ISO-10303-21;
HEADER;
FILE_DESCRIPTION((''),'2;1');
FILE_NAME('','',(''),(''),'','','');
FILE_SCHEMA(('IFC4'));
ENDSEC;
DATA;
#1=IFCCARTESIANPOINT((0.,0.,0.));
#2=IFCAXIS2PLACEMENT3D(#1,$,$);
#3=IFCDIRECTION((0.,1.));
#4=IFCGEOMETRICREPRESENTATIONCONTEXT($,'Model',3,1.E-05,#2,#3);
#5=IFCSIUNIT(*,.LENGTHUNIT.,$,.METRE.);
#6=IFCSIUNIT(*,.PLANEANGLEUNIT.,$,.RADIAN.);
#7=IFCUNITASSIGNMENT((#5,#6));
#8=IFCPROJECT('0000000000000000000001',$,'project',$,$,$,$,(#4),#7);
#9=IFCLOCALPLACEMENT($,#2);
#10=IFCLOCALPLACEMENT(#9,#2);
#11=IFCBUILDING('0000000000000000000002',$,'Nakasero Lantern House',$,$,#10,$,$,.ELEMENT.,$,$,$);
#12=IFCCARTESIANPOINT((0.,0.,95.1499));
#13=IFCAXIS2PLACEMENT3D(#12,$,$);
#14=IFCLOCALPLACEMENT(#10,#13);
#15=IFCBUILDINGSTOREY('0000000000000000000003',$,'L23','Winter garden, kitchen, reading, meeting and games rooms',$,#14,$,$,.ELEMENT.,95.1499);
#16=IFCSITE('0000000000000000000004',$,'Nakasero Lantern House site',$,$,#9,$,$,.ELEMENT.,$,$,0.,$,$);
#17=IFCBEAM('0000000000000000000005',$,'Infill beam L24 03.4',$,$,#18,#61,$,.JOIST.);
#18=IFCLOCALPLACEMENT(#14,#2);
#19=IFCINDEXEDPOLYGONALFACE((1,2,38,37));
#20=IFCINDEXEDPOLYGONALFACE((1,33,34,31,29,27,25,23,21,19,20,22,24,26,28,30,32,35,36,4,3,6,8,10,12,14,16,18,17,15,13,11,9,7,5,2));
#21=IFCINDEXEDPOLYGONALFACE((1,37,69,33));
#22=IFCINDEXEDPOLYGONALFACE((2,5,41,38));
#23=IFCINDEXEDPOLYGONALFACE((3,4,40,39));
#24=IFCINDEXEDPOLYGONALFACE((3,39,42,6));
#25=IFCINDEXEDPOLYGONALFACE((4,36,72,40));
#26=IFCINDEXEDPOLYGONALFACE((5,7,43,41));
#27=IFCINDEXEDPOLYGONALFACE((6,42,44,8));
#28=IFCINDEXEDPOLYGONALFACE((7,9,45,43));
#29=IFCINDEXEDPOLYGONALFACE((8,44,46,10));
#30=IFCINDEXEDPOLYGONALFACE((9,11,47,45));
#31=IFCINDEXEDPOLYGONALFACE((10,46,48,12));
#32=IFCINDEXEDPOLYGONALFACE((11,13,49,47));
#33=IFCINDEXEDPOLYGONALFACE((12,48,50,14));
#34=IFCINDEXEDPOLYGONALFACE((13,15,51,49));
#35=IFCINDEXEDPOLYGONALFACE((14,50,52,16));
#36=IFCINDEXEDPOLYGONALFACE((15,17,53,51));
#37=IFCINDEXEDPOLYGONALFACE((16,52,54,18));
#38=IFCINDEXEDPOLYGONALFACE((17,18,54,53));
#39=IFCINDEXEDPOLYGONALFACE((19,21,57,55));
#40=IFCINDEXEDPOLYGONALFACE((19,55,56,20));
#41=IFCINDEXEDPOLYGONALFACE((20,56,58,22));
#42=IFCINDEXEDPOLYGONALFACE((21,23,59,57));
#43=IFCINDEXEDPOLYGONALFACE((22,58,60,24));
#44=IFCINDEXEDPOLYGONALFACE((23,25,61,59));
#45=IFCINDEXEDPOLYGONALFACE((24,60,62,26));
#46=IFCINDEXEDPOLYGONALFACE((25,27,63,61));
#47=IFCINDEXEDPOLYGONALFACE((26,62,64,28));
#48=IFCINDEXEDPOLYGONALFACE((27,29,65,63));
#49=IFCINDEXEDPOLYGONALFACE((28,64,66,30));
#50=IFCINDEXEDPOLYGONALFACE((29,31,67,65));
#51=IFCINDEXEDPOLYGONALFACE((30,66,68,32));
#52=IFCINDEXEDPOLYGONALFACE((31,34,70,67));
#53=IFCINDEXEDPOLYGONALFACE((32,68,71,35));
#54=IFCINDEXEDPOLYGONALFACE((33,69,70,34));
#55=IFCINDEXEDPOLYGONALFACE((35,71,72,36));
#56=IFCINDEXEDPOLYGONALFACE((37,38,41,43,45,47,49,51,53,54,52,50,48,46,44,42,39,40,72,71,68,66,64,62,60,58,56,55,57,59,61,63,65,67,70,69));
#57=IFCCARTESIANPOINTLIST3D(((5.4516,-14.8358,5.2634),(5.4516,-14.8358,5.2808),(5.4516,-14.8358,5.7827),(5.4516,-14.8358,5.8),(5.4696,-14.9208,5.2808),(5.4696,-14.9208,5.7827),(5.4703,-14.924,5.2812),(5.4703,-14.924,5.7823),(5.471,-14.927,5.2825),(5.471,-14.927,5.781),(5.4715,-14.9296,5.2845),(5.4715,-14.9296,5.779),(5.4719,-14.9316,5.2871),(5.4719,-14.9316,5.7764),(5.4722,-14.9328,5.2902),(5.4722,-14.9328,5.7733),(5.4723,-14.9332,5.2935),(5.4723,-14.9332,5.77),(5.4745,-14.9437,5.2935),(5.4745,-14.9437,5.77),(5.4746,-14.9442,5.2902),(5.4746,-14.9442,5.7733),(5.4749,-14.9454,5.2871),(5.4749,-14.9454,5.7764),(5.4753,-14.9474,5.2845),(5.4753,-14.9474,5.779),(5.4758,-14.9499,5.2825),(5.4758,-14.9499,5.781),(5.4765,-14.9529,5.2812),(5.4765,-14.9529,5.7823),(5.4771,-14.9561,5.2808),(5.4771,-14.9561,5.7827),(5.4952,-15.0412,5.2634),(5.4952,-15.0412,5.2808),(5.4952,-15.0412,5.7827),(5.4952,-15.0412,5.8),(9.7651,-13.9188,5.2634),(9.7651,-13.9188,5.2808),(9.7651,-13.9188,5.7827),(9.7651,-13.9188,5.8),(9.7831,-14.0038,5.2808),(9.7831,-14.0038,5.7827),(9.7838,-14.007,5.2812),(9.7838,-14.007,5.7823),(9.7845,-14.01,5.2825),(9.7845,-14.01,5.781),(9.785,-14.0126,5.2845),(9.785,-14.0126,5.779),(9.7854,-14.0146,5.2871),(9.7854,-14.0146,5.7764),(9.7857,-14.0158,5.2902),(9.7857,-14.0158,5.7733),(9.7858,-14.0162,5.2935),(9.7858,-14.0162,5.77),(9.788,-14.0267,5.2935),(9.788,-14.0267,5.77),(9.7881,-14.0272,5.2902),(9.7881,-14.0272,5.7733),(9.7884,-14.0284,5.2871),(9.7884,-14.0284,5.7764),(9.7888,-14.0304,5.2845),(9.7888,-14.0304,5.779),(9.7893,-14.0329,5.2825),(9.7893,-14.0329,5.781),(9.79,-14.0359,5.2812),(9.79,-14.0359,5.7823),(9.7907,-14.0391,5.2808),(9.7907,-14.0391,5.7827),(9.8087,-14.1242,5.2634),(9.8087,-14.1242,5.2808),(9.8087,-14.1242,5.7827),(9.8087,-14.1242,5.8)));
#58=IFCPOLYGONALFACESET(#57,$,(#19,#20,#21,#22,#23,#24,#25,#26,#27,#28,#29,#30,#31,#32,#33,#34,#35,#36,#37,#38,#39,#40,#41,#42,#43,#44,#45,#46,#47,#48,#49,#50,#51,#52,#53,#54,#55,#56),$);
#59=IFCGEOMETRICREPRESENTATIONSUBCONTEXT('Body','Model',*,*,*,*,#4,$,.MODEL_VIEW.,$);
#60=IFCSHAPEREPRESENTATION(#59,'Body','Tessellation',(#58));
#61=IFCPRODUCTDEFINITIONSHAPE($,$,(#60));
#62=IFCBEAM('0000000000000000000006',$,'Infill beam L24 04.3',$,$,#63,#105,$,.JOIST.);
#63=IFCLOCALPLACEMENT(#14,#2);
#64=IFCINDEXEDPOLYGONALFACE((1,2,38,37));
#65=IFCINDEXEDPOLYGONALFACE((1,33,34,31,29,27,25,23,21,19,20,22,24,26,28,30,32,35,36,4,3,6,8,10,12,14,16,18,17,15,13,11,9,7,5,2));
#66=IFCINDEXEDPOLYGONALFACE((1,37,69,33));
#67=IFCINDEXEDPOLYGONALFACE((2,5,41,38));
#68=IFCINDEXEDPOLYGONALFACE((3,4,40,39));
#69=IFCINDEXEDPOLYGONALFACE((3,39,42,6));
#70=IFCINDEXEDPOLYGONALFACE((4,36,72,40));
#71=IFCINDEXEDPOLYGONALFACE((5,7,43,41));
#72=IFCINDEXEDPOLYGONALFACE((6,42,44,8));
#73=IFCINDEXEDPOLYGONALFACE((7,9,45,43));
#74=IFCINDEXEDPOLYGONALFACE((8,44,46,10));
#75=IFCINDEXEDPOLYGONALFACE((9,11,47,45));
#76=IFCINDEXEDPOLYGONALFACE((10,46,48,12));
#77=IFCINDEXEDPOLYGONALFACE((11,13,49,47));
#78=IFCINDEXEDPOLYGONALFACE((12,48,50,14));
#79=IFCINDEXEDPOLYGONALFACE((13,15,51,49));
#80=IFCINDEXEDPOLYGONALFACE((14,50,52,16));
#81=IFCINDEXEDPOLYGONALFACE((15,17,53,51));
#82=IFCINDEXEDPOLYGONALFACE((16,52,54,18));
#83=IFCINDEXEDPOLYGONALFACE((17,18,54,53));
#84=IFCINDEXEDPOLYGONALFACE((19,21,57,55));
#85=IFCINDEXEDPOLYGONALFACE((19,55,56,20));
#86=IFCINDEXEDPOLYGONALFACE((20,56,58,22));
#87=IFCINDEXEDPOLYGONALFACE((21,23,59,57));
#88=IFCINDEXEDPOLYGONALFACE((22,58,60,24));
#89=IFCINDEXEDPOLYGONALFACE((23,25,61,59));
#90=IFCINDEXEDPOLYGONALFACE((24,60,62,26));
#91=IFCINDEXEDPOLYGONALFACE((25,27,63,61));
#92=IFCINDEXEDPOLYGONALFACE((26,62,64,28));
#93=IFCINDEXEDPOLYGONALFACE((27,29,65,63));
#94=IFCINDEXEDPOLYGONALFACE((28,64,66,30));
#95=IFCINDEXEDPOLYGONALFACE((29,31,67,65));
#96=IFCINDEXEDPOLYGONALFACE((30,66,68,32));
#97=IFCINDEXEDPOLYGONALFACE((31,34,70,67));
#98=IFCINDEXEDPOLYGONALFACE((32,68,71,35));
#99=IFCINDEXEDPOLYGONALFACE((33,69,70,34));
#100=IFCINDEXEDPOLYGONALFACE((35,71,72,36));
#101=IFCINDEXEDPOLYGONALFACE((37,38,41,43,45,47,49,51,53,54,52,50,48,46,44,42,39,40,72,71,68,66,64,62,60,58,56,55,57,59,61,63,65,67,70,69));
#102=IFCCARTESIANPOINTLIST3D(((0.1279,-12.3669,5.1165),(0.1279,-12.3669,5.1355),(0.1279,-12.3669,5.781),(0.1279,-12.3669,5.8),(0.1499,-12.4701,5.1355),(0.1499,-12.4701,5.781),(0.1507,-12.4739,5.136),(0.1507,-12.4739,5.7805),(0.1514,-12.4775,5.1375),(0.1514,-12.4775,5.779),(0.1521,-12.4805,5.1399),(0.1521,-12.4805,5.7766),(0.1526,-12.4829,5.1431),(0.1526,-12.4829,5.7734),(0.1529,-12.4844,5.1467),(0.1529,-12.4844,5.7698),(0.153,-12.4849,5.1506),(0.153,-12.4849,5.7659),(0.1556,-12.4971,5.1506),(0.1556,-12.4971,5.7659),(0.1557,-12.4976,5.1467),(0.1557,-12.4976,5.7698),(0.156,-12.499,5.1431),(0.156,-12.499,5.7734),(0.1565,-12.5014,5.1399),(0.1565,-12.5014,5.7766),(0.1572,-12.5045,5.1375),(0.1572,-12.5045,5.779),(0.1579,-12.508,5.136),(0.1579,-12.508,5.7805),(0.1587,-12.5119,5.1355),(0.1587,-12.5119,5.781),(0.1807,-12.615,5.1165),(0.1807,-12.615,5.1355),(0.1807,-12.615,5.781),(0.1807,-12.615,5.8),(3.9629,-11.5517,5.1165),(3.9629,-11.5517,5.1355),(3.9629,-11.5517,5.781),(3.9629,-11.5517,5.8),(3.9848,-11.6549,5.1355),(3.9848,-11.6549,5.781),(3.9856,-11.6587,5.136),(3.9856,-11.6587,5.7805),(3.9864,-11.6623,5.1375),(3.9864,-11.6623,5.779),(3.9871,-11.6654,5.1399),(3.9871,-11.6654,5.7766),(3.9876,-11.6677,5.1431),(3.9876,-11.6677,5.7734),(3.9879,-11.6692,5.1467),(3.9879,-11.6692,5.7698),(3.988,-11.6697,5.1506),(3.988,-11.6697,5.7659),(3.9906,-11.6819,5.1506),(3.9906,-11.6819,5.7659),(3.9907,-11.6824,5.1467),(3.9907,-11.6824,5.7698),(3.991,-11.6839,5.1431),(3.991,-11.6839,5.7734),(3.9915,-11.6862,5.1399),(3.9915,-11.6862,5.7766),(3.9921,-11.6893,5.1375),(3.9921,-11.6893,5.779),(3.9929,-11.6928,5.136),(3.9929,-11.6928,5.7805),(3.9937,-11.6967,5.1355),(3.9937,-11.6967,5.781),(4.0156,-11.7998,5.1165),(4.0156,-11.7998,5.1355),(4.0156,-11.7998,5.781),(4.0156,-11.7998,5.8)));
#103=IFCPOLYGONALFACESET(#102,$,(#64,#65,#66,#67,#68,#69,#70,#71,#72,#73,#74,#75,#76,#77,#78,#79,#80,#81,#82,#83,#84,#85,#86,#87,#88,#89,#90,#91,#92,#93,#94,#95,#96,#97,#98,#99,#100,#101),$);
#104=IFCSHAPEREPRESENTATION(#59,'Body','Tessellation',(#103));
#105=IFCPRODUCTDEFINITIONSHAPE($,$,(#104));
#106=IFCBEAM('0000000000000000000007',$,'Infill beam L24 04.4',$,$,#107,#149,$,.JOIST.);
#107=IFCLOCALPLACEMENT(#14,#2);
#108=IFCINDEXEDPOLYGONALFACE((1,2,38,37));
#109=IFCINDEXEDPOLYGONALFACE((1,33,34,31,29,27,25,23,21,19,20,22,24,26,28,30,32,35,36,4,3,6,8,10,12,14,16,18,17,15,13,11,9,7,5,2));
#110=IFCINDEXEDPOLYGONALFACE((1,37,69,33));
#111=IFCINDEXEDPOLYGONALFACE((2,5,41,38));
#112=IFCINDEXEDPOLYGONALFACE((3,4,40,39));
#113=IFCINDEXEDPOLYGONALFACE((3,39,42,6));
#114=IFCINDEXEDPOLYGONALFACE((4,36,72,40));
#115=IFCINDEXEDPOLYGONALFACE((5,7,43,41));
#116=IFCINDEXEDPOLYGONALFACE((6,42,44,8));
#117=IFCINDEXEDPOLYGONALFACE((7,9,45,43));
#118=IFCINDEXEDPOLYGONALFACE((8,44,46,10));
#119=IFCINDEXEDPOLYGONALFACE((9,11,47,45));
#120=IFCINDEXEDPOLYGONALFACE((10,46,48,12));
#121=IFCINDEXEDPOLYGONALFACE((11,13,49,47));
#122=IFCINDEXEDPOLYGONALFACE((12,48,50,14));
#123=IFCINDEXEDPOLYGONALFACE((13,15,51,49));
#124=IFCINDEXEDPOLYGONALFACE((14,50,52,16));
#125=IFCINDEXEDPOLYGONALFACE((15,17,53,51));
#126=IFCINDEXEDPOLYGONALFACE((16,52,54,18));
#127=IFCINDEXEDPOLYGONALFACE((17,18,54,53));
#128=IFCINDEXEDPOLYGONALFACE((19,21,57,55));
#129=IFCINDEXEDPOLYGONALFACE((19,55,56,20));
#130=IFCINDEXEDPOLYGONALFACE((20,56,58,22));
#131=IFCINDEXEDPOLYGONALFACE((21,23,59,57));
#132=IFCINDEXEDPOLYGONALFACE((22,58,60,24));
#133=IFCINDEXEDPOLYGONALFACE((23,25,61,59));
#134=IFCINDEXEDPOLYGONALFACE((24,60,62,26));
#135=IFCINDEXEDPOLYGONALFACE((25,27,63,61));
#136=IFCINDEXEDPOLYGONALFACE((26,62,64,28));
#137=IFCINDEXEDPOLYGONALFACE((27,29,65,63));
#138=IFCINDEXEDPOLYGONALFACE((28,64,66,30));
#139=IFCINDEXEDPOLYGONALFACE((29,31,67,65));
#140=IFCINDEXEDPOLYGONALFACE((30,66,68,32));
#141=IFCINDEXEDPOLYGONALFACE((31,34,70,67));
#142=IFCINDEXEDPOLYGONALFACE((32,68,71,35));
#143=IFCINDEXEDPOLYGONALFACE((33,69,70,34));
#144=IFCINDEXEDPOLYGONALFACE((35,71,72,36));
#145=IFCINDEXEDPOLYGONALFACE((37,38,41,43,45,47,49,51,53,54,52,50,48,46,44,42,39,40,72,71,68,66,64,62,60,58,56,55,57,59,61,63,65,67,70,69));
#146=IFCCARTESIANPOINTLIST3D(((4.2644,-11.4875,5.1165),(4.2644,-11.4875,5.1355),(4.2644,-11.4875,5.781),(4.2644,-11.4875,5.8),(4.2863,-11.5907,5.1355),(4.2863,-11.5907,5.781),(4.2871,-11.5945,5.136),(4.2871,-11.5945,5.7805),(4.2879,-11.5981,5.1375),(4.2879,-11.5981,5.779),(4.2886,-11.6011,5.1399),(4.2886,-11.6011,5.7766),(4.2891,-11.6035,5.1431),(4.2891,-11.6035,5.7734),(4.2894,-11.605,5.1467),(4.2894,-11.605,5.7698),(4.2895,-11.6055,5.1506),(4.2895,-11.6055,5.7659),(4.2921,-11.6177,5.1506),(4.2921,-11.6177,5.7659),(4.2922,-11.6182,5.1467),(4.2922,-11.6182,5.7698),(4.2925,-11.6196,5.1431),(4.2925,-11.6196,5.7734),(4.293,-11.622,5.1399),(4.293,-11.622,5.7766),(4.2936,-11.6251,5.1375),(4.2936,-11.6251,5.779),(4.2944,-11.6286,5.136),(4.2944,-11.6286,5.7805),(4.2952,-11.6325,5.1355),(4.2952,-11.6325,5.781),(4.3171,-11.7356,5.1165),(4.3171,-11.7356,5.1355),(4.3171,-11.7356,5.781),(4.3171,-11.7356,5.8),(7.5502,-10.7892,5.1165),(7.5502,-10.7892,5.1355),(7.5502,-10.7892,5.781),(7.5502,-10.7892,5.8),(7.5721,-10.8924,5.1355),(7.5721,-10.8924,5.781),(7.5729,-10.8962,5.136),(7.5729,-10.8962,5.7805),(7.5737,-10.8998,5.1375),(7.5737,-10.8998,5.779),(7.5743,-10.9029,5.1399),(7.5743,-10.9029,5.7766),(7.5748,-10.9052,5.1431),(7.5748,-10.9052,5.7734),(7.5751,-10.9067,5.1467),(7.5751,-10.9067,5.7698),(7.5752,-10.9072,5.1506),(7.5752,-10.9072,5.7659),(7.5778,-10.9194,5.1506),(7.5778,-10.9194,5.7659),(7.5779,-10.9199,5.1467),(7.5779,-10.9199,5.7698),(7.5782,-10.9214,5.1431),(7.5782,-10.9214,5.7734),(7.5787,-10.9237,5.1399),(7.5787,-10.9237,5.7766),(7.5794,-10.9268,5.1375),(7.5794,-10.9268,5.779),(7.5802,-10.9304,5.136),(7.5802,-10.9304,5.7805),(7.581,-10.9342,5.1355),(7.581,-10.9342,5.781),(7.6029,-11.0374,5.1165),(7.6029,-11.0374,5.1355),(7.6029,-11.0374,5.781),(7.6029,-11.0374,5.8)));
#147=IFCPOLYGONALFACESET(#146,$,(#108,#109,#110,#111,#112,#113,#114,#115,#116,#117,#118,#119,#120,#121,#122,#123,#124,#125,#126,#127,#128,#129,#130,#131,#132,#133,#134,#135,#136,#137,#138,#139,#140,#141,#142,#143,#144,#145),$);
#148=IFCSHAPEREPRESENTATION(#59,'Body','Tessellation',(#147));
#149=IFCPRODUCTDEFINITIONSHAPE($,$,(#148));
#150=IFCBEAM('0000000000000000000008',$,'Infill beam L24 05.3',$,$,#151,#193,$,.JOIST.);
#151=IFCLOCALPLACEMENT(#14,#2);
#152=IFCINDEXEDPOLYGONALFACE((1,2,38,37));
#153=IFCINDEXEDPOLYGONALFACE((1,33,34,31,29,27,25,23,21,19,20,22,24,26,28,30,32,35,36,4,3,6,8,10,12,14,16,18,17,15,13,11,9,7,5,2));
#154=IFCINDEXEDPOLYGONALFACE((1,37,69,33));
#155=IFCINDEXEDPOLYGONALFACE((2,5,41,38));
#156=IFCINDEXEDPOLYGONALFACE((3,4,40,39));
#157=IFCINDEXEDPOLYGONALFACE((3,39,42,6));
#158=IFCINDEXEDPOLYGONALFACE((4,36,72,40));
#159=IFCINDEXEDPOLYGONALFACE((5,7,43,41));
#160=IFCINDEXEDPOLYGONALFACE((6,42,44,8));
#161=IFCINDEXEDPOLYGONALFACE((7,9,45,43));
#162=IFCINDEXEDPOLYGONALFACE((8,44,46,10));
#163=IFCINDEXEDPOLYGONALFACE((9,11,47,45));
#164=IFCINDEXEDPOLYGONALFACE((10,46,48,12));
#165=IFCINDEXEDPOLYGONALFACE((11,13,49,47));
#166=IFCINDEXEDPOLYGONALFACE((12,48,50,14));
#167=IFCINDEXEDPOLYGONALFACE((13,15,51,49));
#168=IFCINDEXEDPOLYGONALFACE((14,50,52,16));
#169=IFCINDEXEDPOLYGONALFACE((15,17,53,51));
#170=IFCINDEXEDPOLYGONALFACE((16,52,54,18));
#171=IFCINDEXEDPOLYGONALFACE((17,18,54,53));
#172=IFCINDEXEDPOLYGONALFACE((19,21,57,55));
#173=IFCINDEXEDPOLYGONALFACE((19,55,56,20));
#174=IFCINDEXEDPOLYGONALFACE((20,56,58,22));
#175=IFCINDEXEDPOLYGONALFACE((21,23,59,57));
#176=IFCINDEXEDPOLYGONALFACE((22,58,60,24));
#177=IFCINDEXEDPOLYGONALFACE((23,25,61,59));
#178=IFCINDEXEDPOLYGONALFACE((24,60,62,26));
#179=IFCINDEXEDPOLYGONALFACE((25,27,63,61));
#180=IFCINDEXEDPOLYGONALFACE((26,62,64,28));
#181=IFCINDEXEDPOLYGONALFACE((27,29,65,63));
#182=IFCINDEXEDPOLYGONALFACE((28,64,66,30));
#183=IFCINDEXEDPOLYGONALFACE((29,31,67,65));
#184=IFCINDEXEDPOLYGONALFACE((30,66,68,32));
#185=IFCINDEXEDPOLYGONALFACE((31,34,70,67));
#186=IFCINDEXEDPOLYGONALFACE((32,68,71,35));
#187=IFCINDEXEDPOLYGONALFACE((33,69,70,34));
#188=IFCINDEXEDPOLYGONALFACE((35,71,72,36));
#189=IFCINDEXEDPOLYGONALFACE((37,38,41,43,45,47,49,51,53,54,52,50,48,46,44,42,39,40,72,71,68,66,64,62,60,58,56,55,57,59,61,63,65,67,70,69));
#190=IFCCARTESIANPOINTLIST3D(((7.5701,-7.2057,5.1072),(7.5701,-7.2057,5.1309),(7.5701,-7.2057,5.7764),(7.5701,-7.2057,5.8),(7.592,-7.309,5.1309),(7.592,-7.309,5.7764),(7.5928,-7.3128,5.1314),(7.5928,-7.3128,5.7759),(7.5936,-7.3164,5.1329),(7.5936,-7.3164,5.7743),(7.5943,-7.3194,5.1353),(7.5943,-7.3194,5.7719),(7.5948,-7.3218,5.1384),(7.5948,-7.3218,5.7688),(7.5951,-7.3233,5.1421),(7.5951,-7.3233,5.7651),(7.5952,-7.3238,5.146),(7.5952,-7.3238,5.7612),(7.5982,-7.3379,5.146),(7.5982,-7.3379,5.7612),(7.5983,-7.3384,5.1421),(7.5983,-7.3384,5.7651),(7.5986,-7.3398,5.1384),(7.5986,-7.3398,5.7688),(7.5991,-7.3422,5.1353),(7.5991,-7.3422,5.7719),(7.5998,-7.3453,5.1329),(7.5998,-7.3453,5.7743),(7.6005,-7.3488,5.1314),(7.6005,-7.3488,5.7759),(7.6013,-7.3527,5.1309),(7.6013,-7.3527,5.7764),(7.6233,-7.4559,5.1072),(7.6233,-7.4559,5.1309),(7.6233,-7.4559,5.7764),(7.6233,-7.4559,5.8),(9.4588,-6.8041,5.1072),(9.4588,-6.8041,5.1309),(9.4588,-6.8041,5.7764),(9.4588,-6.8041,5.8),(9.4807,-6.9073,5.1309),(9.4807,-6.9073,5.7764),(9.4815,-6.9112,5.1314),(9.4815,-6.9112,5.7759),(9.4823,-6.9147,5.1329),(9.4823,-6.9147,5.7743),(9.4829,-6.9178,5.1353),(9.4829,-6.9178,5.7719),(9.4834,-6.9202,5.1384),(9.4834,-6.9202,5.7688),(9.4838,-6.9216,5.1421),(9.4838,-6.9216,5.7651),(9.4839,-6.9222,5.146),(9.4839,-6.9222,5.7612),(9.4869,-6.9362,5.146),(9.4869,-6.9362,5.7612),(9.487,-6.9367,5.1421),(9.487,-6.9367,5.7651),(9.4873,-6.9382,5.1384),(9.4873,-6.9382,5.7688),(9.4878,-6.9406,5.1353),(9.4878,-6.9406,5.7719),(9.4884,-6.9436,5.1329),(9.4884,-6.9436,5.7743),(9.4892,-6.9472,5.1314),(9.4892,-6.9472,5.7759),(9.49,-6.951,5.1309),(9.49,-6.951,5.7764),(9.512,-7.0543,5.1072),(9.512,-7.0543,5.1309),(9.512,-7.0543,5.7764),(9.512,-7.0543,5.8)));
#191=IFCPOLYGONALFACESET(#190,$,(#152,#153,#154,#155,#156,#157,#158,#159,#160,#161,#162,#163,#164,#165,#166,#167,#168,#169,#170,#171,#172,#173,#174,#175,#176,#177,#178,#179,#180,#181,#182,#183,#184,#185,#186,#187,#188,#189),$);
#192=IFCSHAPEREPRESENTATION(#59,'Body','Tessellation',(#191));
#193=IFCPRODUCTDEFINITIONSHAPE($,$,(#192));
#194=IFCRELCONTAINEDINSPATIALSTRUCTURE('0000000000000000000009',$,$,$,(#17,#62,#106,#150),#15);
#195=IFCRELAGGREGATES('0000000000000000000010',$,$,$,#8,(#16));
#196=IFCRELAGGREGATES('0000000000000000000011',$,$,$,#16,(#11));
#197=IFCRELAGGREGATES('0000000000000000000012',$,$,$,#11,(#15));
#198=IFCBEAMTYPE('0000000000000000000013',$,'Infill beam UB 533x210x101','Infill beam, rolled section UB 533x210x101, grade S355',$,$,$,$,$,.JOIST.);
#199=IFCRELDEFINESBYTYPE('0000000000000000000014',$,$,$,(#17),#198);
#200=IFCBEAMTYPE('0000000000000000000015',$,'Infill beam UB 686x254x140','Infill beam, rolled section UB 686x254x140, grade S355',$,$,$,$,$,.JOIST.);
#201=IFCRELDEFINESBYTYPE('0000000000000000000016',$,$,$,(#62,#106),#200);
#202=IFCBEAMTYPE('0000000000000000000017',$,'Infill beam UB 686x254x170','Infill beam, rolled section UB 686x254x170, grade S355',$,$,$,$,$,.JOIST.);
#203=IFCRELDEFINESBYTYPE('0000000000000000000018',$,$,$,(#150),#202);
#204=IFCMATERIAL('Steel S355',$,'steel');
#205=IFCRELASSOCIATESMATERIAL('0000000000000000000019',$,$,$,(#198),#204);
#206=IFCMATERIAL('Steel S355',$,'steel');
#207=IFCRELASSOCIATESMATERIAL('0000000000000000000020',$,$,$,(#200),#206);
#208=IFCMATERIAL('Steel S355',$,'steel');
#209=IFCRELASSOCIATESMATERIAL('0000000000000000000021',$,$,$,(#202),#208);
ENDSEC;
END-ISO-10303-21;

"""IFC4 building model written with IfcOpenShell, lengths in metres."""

from ifc_helpers import new_model, si_unit, direction, frame, origin, origin_2d, place, context, subcontext, project, spatial, i_section, extrude, material, material_profile, profile_set, type_object, element, save


model = new_model("IFC4")

# Units and contexts
model_context = context("Model", 3, precision=1e-05, world=origin(), true_north=direction((0.0, 1.0)))
body_context = subcontext(model_context, "Body", "Model", "MODEL_VIEW")
ifc_project = project(units=[si_unit("LENGTHUNIT", "METRE"), si_unit("PLANEANGLEUNIT", "RADIAN")], contexts=[model_context])

# Site, building, storey
site_placement = place(None, origin())
site = spatial("IfcSite", under=ifc_project, at=site_placement, Name="Nakasero Lantern House site", CompositionType="ELEMENT", RefElevation=0.0)
building_placement = place(site_placement, origin())
building = spatial("IfcBuilding", under=site, at=building_placement, Name="Nakasero Lantern House", CompositionType="ELEMENT")
storey_placement = place(building_placement, frame((0.0, 0.0, 95.1499)))
storey = spatial("IfcBuildingStorey", under=building, at=storey_placement, Name="L23", Description="Winter garden, kitchen, reading, meeting and games rooms", CompositionType="ELEMENT", Elevation=95.1499)

# Beams
ifc_material_1 = material(Name="Steel S355", Category="steel")
ifc_material_profile_1 = material_profile(ifc_material_1, i_section(OverallWidth=0.21, OverallDepth=0.5366, WebThickness=0.0107, FlangeThickness=0.0173, FilletRadius=0.0127, at=origin_2d()), Name="UB 533x210x101")
ifc_profile_set_1 = profile_set([ifc_material_profile_1], Name="Steel S355")
beam_type_1 = type_object("IfcBeamType", Name="Infill beam UB 533x210x101", Description="Infill beam, rolled section UB 533x210x101, grade S355", PredefinedType="JOIST", material=ifc_profile_set_1)
beam_1_placement = place(storey_placement, frame((5.4734, -14.9385, 5.5317), z_axis=(0.978141, 0.207941, 0.0), x_axis=(-0.207941, 0.978141, 0.0)))
element("IfcBeam", 1, at=beam_1_placement, inside=storey, type_object=beam_type_1, Name="Infill beam L24 03.4", PredefinedType="JOIST", context=body_context, shape_type="SweptSolid", body=[
    extrude(i_section(OverallWidth=0.21, OverallDepth=0.5366, WebThickness=0.0107, FlangeThickness=0.0173, FilletRadius=0.0127, at=origin_2d()), origin(), (0.0, 0.0, 1.0), 4.4099),
])
ifc_material_2 = material(Name="Steel S355", Category="steel")
ifc_material_profile_2 = material_profile(ifc_material_2, i_section(OverallWidth=0.2537, OverallDepth=0.6836, WebThickness=0.0125, FlangeThickness=0.019, FilletRadius=0.0151, at=origin_2d()), Name="UB 686x254x140")
ifc_profile_set_2 = profile_set([ifc_material_profile_2], Name="Steel S355")
beam_type_2 = type_object("IfcBeamType", Name="Infill beam UB 686x254x140", Description="Infill beam, rolled section UB 686x254x140, grade S355", PredefinedType="JOIST", material=ifc_profile_set_2)
beam_2_placement = place(storey_placement, frame((0.1543, -12.491, 5.4583), z_axis=(0.978146, 0.207921, 0.0), x_axis=(-0.207921, 0.978146, 0.0)))
element("IfcBeam", 2, at=beam_2_placement, inside=storey, type_object=beam_type_2, Name="Infill beam L24 04.3", PredefinedType="JOIST", context=body_context, shape_type="SweptSolid", body=[
    extrude(i_section(OverallWidth=0.2537, OverallDepth=0.6836, WebThickness=0.0125, FlangeThickness=0.019, FilletRadius=0.0151, at=origin_2d()), origin(), (0.0, 0.0, 1.0), 3.9207),
])
beam_3_placement = place(storey_placement, frame((4.2908, -11.6116, 5.4583), z_axis=(0.978156, 0.207871, 0.0), x_axis=(-0.207871, 0.978156, 0.0)))
element("IfcBeam", 3, at=beam_3_placement, inside=storey, type_object=beam_type_2, Name="Infill beam L24 04.4", PredefinedType="JOIST", context=body_context, shape_type="SweptSolid", body=[
    extrude(i_section(OverallWidth=0.2537, OverallDepth=0.6836, WebThickness=0.0125, FlangeThickness=0.019, FilletRadius=0.0151, at=origin_2d()), origin(), (0.0, 0.0, 1.0), 3.3591),
])
ifc_material_3 = material(Name="Steel S355", Category="steel")
ifc_material_profile_3 = material_profile(ifc_material_3, i_section(OverallWidth=0.2559, OverallDepth=0.6929, WebThickness=0.0144, FlangeThickness=0.0237, FilletRadius=0.0151, at=origin_2d()), Name="UB 686x254x170")
ifc_profile_set_3 = profile_set([ifc_material_profile_3], Name="Steel S355")
beam_type_3 = type_object("IfcBeamType", Name="Infill beam UB 686x254x170", Description="Infill beam, rolled section UB 686x254x170, grade S355", PredefinedType="JOIST", material=ifc_profile_set_3)
beam_4_placement = place(storey_placement, frame((7.5967, -7.3308, 5.4536), z_axis=(0.978131, 0.207992, 0.0), x_axis=(-0.207992, 0.978131, 0.0)))
element("IfcBeam", 4, at=beam_4_placement, inside=storey, type_object=beam_type_3, Name="Infill beam L24 05.3", PredefinedType="JOIST", context=body_context, shape_type="SweptSolid", body=[
    extrude(i_section(OverallWidth=0.2559, OverallDepth=0.6929, WebThickness=0.0144, FlangeThickness=0.0237, FilletRadius=0.0151, at=origin_2d()), origin(), (0.0, 0.0, 1.0), 1.9309),
])

save(model, "model.ifc")
